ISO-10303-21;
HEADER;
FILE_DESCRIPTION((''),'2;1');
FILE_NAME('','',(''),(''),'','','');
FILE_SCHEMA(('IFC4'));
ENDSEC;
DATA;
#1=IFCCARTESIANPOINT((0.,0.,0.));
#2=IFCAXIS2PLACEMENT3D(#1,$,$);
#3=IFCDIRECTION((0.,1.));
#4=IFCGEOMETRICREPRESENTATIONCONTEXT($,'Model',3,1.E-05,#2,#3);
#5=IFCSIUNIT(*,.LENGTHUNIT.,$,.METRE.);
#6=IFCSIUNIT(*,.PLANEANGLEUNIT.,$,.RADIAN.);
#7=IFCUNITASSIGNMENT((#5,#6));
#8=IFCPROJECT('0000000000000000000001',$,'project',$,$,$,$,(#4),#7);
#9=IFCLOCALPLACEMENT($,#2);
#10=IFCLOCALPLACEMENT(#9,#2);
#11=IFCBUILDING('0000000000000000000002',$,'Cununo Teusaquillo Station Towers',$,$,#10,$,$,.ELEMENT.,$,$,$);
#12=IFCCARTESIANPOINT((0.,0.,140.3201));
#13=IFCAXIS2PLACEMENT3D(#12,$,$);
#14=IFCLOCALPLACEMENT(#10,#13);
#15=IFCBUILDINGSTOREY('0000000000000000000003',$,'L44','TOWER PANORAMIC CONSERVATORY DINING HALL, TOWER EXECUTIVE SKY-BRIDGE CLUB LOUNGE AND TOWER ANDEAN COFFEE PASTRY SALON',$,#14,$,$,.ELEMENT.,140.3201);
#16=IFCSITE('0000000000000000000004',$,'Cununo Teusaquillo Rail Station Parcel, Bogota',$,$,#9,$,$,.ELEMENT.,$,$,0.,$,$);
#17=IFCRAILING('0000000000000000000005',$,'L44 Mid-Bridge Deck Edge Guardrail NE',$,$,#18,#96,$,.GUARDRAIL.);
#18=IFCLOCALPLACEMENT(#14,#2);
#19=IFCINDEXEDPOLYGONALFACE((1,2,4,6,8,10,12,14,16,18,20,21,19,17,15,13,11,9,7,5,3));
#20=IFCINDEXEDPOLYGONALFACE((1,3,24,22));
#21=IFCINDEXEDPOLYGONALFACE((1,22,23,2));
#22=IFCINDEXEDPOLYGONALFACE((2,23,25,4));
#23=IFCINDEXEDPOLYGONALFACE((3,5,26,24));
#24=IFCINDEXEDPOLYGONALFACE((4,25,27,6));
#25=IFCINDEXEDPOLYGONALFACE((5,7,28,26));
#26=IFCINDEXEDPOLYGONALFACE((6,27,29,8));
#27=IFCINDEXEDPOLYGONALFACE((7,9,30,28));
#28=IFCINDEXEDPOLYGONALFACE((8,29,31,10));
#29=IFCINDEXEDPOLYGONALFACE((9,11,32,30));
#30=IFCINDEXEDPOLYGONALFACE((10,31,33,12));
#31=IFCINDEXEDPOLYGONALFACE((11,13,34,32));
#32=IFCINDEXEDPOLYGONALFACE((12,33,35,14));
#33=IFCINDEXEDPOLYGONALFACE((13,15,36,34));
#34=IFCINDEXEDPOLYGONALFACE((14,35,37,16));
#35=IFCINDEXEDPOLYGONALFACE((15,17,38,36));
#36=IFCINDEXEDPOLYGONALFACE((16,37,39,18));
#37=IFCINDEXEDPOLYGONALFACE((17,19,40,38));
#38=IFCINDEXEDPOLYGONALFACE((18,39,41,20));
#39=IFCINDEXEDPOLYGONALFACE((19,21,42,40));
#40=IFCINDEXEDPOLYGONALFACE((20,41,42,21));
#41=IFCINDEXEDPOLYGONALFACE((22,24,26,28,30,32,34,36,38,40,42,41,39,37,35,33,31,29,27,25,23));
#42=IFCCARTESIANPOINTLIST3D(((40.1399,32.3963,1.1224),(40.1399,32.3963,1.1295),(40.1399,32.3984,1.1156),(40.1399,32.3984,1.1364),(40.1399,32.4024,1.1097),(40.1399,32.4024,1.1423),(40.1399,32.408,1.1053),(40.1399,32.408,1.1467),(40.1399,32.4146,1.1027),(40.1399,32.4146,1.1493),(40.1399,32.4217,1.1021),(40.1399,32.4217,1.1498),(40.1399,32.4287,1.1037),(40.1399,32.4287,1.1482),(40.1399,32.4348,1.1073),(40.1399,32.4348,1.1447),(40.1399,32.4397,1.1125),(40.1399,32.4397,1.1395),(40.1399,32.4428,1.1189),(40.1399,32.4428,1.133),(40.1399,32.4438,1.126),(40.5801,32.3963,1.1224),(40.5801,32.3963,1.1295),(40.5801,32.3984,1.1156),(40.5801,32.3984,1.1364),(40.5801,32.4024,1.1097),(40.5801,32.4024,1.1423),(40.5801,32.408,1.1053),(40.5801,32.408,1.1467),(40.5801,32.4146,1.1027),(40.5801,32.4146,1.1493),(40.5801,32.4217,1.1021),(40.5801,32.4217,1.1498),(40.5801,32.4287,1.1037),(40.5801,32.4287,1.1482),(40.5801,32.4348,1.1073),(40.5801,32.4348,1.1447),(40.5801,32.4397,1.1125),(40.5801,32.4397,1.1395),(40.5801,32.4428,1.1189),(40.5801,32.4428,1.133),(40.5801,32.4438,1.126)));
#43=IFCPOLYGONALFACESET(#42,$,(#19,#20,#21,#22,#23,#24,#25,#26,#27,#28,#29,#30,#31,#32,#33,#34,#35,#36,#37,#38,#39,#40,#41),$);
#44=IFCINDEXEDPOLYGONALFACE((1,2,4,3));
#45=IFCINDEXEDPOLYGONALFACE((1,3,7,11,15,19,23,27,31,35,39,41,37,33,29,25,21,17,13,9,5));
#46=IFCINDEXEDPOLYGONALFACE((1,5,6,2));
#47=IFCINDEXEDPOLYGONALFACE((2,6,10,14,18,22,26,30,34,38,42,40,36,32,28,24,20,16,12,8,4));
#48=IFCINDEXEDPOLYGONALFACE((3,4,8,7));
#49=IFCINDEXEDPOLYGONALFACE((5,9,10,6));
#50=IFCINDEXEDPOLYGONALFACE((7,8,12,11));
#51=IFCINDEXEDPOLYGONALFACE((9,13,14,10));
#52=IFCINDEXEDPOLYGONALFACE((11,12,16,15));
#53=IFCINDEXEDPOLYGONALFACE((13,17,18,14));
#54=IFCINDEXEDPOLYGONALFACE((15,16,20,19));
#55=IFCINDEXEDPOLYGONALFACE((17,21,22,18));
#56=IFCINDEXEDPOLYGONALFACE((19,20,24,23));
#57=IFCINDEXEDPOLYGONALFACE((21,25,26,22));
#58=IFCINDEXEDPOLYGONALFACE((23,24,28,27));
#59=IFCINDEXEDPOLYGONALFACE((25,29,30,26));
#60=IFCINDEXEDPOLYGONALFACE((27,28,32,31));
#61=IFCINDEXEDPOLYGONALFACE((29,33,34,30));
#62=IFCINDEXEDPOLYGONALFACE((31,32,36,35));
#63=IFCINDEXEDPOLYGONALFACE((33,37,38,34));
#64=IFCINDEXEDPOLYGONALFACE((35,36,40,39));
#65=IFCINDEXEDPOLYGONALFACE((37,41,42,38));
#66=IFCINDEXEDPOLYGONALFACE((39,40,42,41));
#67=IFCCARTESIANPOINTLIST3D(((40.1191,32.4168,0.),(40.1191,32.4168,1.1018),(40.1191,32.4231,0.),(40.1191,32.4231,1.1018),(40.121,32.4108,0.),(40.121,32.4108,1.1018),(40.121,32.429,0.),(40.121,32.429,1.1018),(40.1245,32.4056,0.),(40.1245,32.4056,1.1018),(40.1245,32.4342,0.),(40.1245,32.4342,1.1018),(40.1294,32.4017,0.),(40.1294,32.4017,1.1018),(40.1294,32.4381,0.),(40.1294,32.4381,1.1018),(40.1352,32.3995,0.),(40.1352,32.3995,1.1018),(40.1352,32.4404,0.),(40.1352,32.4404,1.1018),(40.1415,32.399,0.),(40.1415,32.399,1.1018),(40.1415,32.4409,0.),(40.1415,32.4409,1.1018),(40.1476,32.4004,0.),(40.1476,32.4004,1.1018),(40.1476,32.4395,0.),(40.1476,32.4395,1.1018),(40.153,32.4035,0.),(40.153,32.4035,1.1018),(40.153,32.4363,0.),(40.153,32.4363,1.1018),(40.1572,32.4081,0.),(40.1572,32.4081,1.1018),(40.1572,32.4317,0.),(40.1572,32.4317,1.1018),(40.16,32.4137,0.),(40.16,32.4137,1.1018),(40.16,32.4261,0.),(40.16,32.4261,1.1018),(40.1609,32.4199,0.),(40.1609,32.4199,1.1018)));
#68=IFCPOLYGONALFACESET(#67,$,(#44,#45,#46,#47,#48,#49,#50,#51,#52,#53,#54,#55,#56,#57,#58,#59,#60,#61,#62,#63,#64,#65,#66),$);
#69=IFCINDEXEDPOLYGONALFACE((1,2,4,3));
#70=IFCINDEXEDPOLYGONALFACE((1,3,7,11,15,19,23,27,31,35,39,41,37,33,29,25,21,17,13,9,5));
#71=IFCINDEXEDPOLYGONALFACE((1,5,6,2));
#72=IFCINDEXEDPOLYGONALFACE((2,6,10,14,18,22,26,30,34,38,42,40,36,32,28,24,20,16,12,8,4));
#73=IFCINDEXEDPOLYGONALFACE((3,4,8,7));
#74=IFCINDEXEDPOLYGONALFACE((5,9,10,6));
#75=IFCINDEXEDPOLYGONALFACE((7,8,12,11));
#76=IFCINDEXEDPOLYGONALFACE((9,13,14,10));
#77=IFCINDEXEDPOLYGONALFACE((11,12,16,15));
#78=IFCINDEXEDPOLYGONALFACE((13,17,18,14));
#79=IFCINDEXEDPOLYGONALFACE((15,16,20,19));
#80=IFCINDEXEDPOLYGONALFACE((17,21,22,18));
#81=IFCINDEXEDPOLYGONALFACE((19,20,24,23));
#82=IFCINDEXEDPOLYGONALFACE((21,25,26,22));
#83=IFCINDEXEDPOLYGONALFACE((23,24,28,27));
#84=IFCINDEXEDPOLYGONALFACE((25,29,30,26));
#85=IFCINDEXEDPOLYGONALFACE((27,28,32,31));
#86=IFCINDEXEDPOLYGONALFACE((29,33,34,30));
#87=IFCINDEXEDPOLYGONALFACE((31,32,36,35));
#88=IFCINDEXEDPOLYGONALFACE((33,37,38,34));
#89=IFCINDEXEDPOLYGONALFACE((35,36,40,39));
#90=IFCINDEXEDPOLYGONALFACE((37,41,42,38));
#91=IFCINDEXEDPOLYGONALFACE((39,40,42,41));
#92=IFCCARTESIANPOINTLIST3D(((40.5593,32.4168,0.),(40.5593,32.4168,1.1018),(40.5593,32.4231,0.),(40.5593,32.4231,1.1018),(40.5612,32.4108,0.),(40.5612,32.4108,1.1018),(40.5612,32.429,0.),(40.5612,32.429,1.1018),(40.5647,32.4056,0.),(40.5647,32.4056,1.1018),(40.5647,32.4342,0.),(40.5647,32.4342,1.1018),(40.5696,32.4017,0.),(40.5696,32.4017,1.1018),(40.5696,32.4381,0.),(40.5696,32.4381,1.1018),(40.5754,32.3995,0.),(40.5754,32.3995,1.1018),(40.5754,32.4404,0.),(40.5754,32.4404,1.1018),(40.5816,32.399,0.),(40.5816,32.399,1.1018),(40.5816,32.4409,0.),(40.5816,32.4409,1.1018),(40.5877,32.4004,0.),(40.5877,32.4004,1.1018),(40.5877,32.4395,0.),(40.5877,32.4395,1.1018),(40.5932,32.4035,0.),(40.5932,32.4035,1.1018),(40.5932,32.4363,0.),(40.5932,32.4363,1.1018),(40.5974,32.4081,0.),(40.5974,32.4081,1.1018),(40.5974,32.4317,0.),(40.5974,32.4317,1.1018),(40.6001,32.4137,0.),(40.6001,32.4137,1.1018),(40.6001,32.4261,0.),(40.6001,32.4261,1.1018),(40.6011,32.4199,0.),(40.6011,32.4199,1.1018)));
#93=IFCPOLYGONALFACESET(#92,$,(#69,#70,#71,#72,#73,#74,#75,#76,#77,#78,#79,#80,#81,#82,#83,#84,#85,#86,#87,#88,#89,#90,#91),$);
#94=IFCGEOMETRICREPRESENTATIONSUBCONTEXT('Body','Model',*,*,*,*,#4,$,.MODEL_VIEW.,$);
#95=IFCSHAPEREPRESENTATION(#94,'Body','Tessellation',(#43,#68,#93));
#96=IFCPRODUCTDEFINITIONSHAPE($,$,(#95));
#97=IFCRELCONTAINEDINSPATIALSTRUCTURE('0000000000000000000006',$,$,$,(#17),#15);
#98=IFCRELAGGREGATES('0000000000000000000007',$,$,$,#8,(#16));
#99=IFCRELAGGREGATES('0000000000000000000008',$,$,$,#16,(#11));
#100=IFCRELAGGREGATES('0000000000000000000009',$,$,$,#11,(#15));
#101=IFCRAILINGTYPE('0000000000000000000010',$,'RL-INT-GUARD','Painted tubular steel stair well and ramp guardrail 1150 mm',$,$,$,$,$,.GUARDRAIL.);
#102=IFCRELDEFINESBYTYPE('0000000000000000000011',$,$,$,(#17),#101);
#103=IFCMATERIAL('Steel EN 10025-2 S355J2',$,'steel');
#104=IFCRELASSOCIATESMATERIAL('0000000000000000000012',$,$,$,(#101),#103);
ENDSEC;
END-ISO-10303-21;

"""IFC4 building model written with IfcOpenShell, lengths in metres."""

from ifc_helpers import new_model, si_unit, direction, frame, origin, origin_2d, place, context, subcontext, project, spatial, circle, extrude, material, type_object, element, save


model = new_model("IFC4")

# Units and contexts
model_context = context("Model", 3, precision=1e-05, world=origin(), true_north=direction((0.0, 1.0)))
body_context = subcontext(model_context, "Body", "Model", "MODEL_VIEW")
ifc_project = project(units=[si_unit("LENGTHUNIT", "METRE"), si_unit("PLANEANGLEUNIT", "RADIAN")], contexts=[model_context])

# Site, building, storey
site_placement = place(None, origin())
site = spatial("IfcSite", under=ifc_project, at=site_placement, Name="Cununo Teusaquillo Rail Station Parcel, Bogota", CompositionType="ELEMENT", RefElevation=0.0)
building_placement = place(site_placement, origin())
building = spatial("IfcBuilding", under=site, at=building_placement, Name="Cununo Teusaquillo Station Towers", CompositionType="ELEMENT")
storey_placement = place(building_placement, frame((0.0, 0.0, 140.3201)))
storey = spatial("IfcBuildingStorey", under=building, at=storey_placement, Name="L44", Description="TOWER PANORAMIC CONSERVATORY DINING HALL, TOWER EXECUTIVE SKY-BRIDGE CLUB LOUNGE AND TOWER ANDEAN COFFEE PASTRY SALON", CompositionType="ELEMENT", Elevation=140.3201)

# Railing
ifc_material_1 = material(Name="Steel EN 10025-2 S355J2", Category="steel")
railing_type = type_object("IfcRailingType", Name="RL-INT-GUARD", Description="Painted tubular steel stair well and ramp guardrail 1150 mm", PredefinedType="GUARDRAIL", material=ifc_material_1)
railing_placement = place(storey_placement, frame((40.1399, 32.4199, 0.0)))
element("IfcRailing", 1, at=railing_placement, inside=storey, type_object=railing_type, Name="L44 Mid-Bridge Deck Edge Guardrail NE", PredefinedType="GUARDRAIL", context=body_context, shape_type="SweptSolid", body=[
    extrude(circle(Radius=0.0239, at=origin_2d()), frame((0.0, 0.0, 1.126), z_axis=(1.0, 0.0, 0.0), x_axis=(0.0, 1.0, 0.0)), (0.0, 0.0, 1.0), 0.4402),
    extrude(circle(Radius=0.021, at=origin_2d()), origin(), (0.0, 0.0, 1.0), 1.1018),
    extrude(circle(Radius=0.021, at=origin_2d()), frame((0.4402, 0.0, 0.0)), (0.0, 0.0, 1.0), 1.1018),
])

save(model, "model.ifc")
